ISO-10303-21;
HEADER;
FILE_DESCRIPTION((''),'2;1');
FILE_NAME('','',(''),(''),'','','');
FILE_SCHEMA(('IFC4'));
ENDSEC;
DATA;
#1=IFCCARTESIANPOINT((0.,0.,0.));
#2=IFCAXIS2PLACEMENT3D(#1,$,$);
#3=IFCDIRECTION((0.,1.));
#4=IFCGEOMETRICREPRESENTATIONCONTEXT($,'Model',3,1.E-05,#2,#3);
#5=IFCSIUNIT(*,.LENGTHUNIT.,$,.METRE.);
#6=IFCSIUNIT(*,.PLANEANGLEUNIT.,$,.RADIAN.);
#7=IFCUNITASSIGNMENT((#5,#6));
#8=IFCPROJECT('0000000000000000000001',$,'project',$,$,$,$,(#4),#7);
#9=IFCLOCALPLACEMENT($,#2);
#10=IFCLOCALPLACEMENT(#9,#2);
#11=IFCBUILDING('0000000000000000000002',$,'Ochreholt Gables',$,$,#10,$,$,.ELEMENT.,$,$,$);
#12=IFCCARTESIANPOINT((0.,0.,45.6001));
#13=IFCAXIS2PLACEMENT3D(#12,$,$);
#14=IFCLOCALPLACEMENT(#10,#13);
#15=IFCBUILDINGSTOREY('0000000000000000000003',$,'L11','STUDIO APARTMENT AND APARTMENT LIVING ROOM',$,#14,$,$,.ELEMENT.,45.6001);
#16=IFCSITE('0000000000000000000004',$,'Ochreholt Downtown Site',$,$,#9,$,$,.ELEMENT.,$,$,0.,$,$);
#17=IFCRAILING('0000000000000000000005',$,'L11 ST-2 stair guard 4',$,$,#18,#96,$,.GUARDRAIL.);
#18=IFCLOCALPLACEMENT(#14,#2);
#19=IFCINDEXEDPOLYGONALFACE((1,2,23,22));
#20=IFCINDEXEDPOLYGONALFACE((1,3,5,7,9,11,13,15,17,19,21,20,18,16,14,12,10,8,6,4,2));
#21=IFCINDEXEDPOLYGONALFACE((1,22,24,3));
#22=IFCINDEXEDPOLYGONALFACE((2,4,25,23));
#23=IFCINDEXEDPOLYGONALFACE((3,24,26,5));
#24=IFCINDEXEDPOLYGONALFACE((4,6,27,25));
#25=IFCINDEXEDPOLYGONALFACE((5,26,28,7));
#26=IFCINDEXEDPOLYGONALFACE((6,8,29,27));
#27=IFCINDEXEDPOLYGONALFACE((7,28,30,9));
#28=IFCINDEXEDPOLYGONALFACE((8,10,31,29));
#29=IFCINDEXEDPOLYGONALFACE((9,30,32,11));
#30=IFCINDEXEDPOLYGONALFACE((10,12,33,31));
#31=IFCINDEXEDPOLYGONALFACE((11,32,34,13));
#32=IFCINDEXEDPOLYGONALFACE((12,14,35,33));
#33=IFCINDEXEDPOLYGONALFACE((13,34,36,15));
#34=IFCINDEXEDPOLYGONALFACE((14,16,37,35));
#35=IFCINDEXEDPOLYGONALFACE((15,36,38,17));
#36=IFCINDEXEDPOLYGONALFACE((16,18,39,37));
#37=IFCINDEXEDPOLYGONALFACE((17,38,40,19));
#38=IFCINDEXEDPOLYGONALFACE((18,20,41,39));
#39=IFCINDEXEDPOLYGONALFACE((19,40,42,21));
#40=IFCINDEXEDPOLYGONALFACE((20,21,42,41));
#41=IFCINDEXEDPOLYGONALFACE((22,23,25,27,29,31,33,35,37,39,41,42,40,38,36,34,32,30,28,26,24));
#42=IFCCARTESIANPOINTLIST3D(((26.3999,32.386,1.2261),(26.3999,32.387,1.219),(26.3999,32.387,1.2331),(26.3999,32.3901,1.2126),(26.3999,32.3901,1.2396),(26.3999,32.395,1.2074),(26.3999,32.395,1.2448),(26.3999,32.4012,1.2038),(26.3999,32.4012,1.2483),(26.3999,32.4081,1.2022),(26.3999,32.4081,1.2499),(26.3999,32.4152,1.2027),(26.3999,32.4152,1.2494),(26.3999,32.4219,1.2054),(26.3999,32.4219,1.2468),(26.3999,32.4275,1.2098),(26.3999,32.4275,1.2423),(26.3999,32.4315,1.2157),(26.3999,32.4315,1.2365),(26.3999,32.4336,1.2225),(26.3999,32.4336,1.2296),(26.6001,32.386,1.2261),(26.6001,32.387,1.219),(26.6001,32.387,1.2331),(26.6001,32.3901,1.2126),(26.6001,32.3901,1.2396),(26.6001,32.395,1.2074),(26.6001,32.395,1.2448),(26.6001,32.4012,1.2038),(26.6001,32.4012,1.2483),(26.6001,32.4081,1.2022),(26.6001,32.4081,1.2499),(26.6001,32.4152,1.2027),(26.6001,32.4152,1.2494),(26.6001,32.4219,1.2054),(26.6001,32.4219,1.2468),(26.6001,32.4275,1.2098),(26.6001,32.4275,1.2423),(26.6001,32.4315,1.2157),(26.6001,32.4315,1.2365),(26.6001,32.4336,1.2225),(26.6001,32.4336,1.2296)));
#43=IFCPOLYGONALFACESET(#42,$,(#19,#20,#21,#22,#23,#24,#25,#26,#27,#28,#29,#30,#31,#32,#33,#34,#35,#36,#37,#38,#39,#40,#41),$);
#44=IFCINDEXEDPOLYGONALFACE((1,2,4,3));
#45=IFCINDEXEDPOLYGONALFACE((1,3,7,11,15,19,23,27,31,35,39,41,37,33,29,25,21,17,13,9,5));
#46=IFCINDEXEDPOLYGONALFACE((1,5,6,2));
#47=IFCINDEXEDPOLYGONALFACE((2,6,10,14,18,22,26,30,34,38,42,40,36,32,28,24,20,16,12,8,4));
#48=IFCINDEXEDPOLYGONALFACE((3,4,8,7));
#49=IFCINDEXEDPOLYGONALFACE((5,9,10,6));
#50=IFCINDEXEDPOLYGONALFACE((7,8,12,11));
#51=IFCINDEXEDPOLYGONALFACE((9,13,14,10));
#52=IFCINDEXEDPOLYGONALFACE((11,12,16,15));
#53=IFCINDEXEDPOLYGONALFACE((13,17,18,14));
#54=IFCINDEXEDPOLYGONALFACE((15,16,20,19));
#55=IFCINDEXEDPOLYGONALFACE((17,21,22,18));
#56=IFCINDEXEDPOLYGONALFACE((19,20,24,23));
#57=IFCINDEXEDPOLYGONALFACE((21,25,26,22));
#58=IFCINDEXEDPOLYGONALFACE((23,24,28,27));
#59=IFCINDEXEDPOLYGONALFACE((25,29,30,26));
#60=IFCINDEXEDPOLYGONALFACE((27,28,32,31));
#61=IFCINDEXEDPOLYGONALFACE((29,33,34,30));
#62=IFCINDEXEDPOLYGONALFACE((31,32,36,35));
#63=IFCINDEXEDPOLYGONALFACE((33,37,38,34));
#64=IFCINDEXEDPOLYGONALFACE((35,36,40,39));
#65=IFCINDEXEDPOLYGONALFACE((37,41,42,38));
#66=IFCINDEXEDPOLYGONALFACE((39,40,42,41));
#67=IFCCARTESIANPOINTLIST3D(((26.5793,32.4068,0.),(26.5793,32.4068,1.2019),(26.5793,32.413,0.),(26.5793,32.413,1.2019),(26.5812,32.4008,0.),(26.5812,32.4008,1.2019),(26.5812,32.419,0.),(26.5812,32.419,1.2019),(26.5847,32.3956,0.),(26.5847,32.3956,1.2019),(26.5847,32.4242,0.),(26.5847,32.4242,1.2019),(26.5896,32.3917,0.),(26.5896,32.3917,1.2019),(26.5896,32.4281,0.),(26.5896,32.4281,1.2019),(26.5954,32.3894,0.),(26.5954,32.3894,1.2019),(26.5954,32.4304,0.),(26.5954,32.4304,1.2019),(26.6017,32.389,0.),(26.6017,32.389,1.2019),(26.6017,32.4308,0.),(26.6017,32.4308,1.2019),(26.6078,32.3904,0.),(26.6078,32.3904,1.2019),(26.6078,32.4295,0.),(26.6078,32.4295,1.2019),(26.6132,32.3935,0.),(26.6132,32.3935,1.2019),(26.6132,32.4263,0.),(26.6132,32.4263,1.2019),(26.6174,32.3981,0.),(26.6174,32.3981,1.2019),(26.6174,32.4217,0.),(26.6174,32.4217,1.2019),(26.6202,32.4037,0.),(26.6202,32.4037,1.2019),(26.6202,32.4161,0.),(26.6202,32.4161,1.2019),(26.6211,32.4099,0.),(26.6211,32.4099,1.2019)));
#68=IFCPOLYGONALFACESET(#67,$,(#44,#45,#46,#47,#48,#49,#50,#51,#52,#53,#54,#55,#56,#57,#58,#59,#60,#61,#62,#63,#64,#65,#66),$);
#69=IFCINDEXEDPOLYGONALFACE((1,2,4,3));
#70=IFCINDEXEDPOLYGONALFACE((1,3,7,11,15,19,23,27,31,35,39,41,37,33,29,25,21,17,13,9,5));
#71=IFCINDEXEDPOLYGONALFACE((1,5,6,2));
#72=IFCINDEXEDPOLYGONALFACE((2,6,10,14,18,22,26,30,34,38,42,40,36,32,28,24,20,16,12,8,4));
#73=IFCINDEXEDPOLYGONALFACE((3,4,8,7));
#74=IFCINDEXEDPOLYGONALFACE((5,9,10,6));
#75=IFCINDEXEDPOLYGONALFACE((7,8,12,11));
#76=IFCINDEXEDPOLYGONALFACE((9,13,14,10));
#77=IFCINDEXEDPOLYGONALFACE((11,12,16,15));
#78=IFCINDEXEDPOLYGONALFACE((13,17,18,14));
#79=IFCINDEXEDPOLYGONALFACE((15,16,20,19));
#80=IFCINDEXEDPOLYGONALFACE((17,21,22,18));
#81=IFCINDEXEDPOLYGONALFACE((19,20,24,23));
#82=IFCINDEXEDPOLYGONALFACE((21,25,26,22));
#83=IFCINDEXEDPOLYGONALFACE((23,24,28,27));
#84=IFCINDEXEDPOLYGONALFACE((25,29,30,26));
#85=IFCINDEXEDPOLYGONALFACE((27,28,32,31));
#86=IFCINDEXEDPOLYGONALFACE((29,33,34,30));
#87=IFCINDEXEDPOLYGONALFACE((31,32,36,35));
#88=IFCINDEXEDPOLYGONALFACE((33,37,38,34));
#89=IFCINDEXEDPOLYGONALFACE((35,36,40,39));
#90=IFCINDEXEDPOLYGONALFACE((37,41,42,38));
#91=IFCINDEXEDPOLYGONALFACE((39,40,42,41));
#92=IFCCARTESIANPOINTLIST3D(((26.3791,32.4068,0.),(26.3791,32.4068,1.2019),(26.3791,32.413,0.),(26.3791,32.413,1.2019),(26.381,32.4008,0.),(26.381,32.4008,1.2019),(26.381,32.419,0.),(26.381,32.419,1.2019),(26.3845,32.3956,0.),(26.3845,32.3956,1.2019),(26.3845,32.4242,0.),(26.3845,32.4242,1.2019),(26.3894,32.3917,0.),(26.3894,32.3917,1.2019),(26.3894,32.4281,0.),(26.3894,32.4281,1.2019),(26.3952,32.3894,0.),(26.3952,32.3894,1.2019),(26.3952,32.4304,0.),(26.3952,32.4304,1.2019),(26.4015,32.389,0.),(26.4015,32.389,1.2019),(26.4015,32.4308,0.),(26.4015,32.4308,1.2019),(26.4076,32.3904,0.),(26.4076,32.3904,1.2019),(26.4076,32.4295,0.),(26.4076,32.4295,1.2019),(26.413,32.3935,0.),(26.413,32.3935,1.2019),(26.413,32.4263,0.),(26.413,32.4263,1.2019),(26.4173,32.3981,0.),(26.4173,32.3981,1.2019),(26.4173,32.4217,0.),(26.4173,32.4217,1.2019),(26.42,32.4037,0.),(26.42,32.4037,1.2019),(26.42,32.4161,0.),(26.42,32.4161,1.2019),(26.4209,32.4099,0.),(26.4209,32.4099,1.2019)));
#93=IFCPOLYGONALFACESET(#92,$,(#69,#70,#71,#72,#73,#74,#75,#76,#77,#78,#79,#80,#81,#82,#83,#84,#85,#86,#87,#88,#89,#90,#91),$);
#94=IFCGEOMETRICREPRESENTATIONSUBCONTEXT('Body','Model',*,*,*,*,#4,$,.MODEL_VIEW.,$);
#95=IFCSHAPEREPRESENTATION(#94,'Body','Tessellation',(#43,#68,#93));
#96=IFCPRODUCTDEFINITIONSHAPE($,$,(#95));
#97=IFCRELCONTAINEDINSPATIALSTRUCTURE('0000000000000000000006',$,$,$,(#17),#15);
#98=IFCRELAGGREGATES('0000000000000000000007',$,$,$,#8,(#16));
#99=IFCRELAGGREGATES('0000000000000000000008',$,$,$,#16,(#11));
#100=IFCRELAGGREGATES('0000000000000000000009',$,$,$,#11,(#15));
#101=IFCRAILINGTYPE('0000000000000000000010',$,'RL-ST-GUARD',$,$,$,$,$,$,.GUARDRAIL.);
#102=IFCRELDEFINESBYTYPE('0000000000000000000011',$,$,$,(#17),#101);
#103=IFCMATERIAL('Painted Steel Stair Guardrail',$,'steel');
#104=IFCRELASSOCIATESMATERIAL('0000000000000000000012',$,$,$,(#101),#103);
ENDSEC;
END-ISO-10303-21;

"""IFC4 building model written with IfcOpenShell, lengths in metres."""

from ifc_helpers import new_model, si_unit, direction, frame, origin, origin_2d, place, context, subcontext, project, spatial, circle, extrude, material, type_object, element, save


model = new_model("IFC4")

# Units and contexts
model_context = context("Model", 3, precision=1e-05, world=origin(), true_north=direction((0.0, 1.0)))
body_context = subcontext(model_context, "Body", "Model", "MODEL_VIEW")
ifc_project = project(units=[si_unit("LENGTHUNIT", "METRE"), si_unit("PLANEANGLEUNIT", "RADIAN")], contexts=[model_context])

# Site, building, storey
site_placement = place(None, origin())
site = spatial("IfcSite", under=ifc_project, at=site_placement, Name="Ochreholt Downtown Site", CompositionType="ELEMENT", RefElevation=0.0)
building_placement = place(site_placement, origin())
building = spatial("IfcBuilding", under=site, at=building_placement, Name="Ochreholt Gables", CompositionType="ELEMENT")
storey_placement = place(building_placement, frame((0.0, 0.0, 45.6001)))
storey = spatial("IfcBuildingStorey", under=building, at=storey_placement, Name="L11", Description="STUDIO APARTMENT AND APARTMENT LIVING ROOM", CompositionType="ELEMENT", Elevation=45.6001)

# Railing
ifc_material_1 = material(Name="Painted Steel Stair Guardrail", Category="steel")
railing_type_1 = type_object("IfcRailingType", Name="RL-ST-GUARD", PredefinedType="GUARDRAIL", material=ifc_material_1)
railing_1_placement = place(storey_placement, frame((26.6001, 32.4099, 0.0)))
element("IfcRailing", 1, at=railing_1_placement, inside=storey, type_object=railing_type_1, Name="L11 ST-2 stair guard 4", PredefinedType="GUARDRAIL", context=body_context, shape_type="SweptSolid", body=[
    extrude(circle(Radius=0.0239, at=origin_2d()), frame((0.0, 0.0, 1.2261), z_axis=(-1.0, 0.0, 0.0), x_axis=(0.0, -1.0, 0.0)), (0.0, 0.0, 1.0), 0.2002),
    extrude(circle(Radius=0.021, at=origin_2d()), origin(), (0.0, 0.0, 1.0), 1.2019),
    extrude(circle(Radius=0.021, at=origin_2d()), frame((-0.2002, 0.0, 0.0)), (0.0, 0.0, 1.0), 1.2019),
])

save(model, "model.ifc")
